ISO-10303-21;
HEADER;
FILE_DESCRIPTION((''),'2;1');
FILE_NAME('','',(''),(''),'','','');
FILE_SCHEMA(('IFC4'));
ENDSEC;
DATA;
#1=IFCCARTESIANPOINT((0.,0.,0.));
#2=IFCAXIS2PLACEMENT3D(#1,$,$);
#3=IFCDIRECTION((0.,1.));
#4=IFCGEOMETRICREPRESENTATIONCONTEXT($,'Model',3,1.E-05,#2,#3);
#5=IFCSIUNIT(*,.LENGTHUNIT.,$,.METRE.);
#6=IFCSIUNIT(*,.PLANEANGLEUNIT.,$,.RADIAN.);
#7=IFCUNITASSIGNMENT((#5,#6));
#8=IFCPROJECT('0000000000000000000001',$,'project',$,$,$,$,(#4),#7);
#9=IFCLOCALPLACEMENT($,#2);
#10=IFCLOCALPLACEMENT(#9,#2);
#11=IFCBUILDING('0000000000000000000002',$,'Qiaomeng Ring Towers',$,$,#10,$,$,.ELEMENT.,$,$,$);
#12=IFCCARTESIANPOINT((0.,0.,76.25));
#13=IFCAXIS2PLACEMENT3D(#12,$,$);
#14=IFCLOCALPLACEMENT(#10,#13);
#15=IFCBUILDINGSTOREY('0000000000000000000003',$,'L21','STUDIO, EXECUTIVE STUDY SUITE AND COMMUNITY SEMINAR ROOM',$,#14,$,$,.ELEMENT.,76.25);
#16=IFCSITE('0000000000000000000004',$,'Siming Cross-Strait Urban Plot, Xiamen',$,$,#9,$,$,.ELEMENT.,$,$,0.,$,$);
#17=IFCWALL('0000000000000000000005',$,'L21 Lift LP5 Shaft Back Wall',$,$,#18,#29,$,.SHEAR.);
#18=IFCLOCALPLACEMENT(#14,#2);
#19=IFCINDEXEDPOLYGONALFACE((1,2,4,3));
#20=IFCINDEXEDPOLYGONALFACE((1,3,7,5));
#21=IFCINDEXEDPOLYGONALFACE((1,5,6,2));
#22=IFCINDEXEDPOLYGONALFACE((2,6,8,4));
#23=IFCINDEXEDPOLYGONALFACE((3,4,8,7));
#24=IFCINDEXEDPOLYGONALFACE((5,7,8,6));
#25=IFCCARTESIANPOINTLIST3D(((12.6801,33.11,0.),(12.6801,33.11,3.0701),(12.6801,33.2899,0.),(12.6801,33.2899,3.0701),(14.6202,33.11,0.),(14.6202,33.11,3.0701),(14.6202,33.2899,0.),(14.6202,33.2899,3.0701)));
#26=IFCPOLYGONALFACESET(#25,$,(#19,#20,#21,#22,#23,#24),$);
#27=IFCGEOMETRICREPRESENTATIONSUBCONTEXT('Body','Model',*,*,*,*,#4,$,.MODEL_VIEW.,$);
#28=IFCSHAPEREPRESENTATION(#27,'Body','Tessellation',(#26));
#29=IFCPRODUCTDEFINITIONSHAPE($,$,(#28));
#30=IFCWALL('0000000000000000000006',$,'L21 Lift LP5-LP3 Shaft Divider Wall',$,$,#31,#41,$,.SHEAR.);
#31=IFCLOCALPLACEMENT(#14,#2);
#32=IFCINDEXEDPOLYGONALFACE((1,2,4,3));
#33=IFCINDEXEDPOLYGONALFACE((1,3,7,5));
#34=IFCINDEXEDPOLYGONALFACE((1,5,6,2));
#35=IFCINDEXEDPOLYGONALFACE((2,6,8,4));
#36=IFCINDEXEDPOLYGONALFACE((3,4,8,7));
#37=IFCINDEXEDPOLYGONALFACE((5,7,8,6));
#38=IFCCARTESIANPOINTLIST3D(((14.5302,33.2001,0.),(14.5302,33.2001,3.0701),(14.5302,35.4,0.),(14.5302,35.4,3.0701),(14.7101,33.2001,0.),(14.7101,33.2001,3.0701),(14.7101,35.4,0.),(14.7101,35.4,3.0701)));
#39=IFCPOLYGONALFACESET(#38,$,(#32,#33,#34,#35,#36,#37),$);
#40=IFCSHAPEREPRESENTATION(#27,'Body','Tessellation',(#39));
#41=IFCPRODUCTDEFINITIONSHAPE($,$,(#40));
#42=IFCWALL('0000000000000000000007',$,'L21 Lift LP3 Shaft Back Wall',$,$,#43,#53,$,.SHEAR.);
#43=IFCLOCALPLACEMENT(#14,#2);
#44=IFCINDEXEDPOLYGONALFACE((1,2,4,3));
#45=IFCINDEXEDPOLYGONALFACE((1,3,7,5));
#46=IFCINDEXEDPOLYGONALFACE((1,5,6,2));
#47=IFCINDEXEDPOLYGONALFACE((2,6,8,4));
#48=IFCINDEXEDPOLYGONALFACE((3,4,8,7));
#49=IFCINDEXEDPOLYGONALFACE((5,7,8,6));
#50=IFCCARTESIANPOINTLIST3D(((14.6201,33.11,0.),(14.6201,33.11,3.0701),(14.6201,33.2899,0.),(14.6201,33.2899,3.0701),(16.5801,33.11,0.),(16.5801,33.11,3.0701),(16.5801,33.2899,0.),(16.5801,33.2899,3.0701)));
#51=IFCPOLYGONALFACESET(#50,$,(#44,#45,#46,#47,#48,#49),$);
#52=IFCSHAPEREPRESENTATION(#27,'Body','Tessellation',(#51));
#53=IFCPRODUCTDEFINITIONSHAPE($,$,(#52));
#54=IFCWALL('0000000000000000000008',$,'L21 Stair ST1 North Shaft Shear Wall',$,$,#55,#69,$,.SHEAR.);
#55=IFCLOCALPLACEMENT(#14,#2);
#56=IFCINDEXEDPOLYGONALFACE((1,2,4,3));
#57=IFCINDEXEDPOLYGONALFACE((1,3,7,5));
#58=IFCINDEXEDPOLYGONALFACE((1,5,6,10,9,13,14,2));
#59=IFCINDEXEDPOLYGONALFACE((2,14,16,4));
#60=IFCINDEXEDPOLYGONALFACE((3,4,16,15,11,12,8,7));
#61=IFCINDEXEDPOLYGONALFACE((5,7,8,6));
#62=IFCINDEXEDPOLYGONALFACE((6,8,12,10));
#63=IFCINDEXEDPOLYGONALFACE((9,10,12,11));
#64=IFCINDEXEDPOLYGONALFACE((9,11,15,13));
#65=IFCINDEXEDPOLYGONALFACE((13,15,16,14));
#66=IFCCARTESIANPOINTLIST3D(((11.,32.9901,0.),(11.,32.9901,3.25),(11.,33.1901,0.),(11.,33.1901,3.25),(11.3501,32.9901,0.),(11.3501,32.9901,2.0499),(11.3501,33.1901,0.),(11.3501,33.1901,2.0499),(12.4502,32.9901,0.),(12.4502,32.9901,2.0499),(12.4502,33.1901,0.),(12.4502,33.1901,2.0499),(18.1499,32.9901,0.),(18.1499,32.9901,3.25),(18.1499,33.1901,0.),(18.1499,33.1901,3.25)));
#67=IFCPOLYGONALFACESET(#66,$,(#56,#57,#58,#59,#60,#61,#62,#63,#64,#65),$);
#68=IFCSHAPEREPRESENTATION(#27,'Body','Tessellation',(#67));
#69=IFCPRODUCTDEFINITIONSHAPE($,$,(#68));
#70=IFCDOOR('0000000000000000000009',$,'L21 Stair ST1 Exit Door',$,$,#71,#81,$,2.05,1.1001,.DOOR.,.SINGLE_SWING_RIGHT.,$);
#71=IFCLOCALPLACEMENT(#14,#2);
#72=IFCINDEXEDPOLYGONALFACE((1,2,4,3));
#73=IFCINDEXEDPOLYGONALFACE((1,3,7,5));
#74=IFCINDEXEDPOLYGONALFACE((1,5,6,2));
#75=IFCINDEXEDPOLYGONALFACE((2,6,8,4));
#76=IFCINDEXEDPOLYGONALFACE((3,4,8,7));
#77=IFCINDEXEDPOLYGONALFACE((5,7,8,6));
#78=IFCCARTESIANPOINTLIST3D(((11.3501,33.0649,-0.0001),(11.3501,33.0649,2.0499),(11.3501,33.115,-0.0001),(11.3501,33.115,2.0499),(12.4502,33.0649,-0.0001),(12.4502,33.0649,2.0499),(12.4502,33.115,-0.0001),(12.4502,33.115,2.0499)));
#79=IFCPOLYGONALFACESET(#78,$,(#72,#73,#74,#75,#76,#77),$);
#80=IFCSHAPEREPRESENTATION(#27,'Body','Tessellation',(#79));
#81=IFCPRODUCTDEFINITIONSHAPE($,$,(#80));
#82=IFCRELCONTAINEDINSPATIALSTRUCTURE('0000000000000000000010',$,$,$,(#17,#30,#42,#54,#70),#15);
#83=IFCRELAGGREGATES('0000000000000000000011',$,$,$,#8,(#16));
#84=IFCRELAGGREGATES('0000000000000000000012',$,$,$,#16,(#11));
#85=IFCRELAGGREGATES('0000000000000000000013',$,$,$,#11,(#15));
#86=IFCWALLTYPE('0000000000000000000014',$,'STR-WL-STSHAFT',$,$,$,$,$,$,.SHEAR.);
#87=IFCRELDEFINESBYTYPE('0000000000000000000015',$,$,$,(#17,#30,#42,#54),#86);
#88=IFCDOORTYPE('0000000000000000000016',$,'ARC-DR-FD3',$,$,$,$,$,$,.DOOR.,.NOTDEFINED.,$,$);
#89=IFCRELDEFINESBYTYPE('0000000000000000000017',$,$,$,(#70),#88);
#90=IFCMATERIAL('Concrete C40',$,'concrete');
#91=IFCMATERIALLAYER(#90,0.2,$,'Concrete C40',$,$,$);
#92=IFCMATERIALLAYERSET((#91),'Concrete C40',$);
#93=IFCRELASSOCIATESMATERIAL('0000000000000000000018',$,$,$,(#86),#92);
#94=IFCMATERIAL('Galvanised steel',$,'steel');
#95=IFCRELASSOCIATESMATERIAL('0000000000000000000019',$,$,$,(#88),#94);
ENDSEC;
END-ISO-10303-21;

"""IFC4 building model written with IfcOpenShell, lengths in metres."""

from ifc_helpers import new_model, si_unit, direction, frame, frame_2d, origin, place, context, subcontext, project, spatial, rectangle, extrude, source, transform, mapped, material, layer, layer_set, type_object, element, fill, save


model = new_model("IFC4")

# Units and contexts
model_context = context("Model", 3, precision=1e-05, world=origin(), true_north=direction((0.0, 1.0)))
body_context = subcontext(model_context, "Body", "Model", "MODEL_VIEW")
ifc_project = project(units=[si_unit("LENGTHUNIT", "METRE"), si_unit("PLANEANGLEUNIT", "RADIAN")], contexts=[model_context])

# Site, building, storey
site_placement = place(None, origin())
site = spatial("IfcSite", under=ifc_project, at=site_placement, Name="Siming Cross-Strait Urban Plot, Xiamen", CompositionType="ELEMENT", RefElevation=0.0)
building_placement = place(site_placement, origin())
building = spatial("IfcBuilding", under=site, at=building_placement, Name="Qiaomeng Ring Towers", CompositionType="ELEMENT")
storey_placement = place(building_placement, frame((0.0, 0.0, 76.25)))
storey = spatial("IfcBuildingStorey", under=building, at=storey_placement, Name="L21", Description="STUDIO, EXECUTIVE STUDY SUITE AND COMMUNITY SEMINAR ROOM", CompositionType="ELEMENT", Elevation=76.25)

# Walls
ifc_material_1 = material(Name="Concrete C40", Category="concrete")
ifc_layer_1 = layer(ifc_material_1, 0.2, Name="Concrete C40")
ifc_layer_set_1 = layer_set([ifc_layer_1], Name="Concrete C40")
wall_type_1 = type_object("IfcWallType", Name="STR-WL-STSHAFT", PredefinedType="SHEAR", material=ifc_layer_set_1)
wall_1_placement = place(storey_placement, frame((12.6799, 33.2, 0.0), z_axis=(0.0, 0.0, 1.0), x_axis=(1.0, 0.0, 0.0)))
element("IfcWall", 1, at=wall_1_placement, inside=storey, type_object=wall_type_1, Name="L21 Lift LP5 Shaft Back Wall", PredefinedType="SHEAR", context=body_context, shape_type="SweptSolid", body=[
    extrude(rectangle(XDim=1.9402, YDim=0.1799, at=frame_2d((0.9702, 0.0))), origin(), (0.0, 0.0, 1.0), 3.0701),
])
wall_2_placement = place(storey_placement, frame((14.6201, 33.2, 0.0), z_axis=(0.0, 0.0, 1.0), x_axis=(0.0, 1.0, 0.0)))
element("IfcWall", 2, at=wall_2_placement, inside=storey, type_object=wall_type_1, Name="L21 Lift LP5-LP3 Shaft Divider Wall", PredefinedType="SHEAR", context=body_context, shape_type="SweptSolid", body=[
    extrude(rectangle(XDim=2.2, YDim=0.1799, at=frame_2d((1.1001, 0.0))), origin(), (0.0, 0.0, 1.0), 3.0701),
])
wall_3_placement = place(storey_placement, frame((14.6201, 33.2, 0.0), z_axis=(0.0, 0.0, 1.0), x_axis=(1.0, 0.0, 0.0)))
element("IfcWall", 3, at=wall_3_placement, inside=storey, type_object=wall_type_1, Name="L21 Lift LP3 Shaft Back Wall", PredefinedType="SHEAR", context=body_context, shape_type="SweptSolid", body=[
    extrude(rectangle(XDim=1.96, YDim=0.1799, at=frame_2d((0.98, 0.0))), origin(), (0.0, 0.0, 1.0), 3.0701),
])

# Wall, opening, door
wall_4_placement = place(storey_placement, frame((11.0, 33.0901, 0.0), z_axis=(0.0, 0.0, 1.0), x_axis=(1.0, 0.0, 0.0)))
wall_4 = element("IfcWall", 4, at=wall_4_placement, inside=storey, type_object=wall_type_1, Name="L21 Stair ST1 North Shaft Shear Wall", PredefinedType="SHEAR", context=body_context, shape_type="SweptSolid", body=[
    extrude(rectangle(XDim=7.1499, YDim=0.2, at=frame_2d((3.575, 0.0))), origin(), (0.0, 0.0, 1.0), 3.25),
])
opening_1_placement = place(wall_4_placement, frame((0.3501, 0.0, 0.0)))
opening_1 = element("IfcOpeningElement", 5, at=opening_1_placement, cuts=wall_4, PredefinedType="OPENING", context=body_context, shape_type="SweptSolid", body=[
    extrude(rectangle(XDim=1.1001, YDim=2.05, at=frame_2d((0.55, 1.0249))), frame((0.0, 0.1099, 0.0), z_axis=(0.0, -1.0, 0.0), x_axis=(1.0, 0.0, 0.0)), (0.0, 0.0, 1.0), 0.22),
])
ifc_material_2 = material(Name="Galvanised steel", Category="steel")
door_type_1 = type_object("IfcDoorType", Name="ARC-DR-FD3", OperationType="NOTDEFINED", PredefinedType="DOOR", material=ifc_material_2)
shared_shape_1 = source(origin(), body_context, "Body", "SweptSolid", [
    extrude(rectangle(XDim=1.1001, YDim=2.05, at=frame_2d((0.55, 1.0249))), frame((0.0, 0.0249, 0.0), z_axis=(0.0, -1.0, 0.0), x_axis=(1.0, 0.0, 0.0)), (0.0, 0.0, 1.0), 0.05),
])
door_1_placement = place(opening_1_placement, origin())
door_1 = element("IfcDoor", 6, at=door_1_placement, inside=storey, type_object=door_type_1, Name="L21 Stair ST1 Exit Door", OperationType="SINGLE_SWING_RIGHT", OverallHeight=2.05, OverallWidth=1.1001, PredefinedType="DOOR", context=body_context, shape_type="MappedRepresentation", body=[
    mapped(shared_shape_1, transform((0.0, 0.0, 0.0), x_axis=(1.0, 0.0, 0.0), y_axis=(0.0, 1.0, 0.0), z_axis=(0.0, 0.0, 1.0), scale=1.0)),
])
fill(opening_1, door_1)

save(model, "model.ifc")
